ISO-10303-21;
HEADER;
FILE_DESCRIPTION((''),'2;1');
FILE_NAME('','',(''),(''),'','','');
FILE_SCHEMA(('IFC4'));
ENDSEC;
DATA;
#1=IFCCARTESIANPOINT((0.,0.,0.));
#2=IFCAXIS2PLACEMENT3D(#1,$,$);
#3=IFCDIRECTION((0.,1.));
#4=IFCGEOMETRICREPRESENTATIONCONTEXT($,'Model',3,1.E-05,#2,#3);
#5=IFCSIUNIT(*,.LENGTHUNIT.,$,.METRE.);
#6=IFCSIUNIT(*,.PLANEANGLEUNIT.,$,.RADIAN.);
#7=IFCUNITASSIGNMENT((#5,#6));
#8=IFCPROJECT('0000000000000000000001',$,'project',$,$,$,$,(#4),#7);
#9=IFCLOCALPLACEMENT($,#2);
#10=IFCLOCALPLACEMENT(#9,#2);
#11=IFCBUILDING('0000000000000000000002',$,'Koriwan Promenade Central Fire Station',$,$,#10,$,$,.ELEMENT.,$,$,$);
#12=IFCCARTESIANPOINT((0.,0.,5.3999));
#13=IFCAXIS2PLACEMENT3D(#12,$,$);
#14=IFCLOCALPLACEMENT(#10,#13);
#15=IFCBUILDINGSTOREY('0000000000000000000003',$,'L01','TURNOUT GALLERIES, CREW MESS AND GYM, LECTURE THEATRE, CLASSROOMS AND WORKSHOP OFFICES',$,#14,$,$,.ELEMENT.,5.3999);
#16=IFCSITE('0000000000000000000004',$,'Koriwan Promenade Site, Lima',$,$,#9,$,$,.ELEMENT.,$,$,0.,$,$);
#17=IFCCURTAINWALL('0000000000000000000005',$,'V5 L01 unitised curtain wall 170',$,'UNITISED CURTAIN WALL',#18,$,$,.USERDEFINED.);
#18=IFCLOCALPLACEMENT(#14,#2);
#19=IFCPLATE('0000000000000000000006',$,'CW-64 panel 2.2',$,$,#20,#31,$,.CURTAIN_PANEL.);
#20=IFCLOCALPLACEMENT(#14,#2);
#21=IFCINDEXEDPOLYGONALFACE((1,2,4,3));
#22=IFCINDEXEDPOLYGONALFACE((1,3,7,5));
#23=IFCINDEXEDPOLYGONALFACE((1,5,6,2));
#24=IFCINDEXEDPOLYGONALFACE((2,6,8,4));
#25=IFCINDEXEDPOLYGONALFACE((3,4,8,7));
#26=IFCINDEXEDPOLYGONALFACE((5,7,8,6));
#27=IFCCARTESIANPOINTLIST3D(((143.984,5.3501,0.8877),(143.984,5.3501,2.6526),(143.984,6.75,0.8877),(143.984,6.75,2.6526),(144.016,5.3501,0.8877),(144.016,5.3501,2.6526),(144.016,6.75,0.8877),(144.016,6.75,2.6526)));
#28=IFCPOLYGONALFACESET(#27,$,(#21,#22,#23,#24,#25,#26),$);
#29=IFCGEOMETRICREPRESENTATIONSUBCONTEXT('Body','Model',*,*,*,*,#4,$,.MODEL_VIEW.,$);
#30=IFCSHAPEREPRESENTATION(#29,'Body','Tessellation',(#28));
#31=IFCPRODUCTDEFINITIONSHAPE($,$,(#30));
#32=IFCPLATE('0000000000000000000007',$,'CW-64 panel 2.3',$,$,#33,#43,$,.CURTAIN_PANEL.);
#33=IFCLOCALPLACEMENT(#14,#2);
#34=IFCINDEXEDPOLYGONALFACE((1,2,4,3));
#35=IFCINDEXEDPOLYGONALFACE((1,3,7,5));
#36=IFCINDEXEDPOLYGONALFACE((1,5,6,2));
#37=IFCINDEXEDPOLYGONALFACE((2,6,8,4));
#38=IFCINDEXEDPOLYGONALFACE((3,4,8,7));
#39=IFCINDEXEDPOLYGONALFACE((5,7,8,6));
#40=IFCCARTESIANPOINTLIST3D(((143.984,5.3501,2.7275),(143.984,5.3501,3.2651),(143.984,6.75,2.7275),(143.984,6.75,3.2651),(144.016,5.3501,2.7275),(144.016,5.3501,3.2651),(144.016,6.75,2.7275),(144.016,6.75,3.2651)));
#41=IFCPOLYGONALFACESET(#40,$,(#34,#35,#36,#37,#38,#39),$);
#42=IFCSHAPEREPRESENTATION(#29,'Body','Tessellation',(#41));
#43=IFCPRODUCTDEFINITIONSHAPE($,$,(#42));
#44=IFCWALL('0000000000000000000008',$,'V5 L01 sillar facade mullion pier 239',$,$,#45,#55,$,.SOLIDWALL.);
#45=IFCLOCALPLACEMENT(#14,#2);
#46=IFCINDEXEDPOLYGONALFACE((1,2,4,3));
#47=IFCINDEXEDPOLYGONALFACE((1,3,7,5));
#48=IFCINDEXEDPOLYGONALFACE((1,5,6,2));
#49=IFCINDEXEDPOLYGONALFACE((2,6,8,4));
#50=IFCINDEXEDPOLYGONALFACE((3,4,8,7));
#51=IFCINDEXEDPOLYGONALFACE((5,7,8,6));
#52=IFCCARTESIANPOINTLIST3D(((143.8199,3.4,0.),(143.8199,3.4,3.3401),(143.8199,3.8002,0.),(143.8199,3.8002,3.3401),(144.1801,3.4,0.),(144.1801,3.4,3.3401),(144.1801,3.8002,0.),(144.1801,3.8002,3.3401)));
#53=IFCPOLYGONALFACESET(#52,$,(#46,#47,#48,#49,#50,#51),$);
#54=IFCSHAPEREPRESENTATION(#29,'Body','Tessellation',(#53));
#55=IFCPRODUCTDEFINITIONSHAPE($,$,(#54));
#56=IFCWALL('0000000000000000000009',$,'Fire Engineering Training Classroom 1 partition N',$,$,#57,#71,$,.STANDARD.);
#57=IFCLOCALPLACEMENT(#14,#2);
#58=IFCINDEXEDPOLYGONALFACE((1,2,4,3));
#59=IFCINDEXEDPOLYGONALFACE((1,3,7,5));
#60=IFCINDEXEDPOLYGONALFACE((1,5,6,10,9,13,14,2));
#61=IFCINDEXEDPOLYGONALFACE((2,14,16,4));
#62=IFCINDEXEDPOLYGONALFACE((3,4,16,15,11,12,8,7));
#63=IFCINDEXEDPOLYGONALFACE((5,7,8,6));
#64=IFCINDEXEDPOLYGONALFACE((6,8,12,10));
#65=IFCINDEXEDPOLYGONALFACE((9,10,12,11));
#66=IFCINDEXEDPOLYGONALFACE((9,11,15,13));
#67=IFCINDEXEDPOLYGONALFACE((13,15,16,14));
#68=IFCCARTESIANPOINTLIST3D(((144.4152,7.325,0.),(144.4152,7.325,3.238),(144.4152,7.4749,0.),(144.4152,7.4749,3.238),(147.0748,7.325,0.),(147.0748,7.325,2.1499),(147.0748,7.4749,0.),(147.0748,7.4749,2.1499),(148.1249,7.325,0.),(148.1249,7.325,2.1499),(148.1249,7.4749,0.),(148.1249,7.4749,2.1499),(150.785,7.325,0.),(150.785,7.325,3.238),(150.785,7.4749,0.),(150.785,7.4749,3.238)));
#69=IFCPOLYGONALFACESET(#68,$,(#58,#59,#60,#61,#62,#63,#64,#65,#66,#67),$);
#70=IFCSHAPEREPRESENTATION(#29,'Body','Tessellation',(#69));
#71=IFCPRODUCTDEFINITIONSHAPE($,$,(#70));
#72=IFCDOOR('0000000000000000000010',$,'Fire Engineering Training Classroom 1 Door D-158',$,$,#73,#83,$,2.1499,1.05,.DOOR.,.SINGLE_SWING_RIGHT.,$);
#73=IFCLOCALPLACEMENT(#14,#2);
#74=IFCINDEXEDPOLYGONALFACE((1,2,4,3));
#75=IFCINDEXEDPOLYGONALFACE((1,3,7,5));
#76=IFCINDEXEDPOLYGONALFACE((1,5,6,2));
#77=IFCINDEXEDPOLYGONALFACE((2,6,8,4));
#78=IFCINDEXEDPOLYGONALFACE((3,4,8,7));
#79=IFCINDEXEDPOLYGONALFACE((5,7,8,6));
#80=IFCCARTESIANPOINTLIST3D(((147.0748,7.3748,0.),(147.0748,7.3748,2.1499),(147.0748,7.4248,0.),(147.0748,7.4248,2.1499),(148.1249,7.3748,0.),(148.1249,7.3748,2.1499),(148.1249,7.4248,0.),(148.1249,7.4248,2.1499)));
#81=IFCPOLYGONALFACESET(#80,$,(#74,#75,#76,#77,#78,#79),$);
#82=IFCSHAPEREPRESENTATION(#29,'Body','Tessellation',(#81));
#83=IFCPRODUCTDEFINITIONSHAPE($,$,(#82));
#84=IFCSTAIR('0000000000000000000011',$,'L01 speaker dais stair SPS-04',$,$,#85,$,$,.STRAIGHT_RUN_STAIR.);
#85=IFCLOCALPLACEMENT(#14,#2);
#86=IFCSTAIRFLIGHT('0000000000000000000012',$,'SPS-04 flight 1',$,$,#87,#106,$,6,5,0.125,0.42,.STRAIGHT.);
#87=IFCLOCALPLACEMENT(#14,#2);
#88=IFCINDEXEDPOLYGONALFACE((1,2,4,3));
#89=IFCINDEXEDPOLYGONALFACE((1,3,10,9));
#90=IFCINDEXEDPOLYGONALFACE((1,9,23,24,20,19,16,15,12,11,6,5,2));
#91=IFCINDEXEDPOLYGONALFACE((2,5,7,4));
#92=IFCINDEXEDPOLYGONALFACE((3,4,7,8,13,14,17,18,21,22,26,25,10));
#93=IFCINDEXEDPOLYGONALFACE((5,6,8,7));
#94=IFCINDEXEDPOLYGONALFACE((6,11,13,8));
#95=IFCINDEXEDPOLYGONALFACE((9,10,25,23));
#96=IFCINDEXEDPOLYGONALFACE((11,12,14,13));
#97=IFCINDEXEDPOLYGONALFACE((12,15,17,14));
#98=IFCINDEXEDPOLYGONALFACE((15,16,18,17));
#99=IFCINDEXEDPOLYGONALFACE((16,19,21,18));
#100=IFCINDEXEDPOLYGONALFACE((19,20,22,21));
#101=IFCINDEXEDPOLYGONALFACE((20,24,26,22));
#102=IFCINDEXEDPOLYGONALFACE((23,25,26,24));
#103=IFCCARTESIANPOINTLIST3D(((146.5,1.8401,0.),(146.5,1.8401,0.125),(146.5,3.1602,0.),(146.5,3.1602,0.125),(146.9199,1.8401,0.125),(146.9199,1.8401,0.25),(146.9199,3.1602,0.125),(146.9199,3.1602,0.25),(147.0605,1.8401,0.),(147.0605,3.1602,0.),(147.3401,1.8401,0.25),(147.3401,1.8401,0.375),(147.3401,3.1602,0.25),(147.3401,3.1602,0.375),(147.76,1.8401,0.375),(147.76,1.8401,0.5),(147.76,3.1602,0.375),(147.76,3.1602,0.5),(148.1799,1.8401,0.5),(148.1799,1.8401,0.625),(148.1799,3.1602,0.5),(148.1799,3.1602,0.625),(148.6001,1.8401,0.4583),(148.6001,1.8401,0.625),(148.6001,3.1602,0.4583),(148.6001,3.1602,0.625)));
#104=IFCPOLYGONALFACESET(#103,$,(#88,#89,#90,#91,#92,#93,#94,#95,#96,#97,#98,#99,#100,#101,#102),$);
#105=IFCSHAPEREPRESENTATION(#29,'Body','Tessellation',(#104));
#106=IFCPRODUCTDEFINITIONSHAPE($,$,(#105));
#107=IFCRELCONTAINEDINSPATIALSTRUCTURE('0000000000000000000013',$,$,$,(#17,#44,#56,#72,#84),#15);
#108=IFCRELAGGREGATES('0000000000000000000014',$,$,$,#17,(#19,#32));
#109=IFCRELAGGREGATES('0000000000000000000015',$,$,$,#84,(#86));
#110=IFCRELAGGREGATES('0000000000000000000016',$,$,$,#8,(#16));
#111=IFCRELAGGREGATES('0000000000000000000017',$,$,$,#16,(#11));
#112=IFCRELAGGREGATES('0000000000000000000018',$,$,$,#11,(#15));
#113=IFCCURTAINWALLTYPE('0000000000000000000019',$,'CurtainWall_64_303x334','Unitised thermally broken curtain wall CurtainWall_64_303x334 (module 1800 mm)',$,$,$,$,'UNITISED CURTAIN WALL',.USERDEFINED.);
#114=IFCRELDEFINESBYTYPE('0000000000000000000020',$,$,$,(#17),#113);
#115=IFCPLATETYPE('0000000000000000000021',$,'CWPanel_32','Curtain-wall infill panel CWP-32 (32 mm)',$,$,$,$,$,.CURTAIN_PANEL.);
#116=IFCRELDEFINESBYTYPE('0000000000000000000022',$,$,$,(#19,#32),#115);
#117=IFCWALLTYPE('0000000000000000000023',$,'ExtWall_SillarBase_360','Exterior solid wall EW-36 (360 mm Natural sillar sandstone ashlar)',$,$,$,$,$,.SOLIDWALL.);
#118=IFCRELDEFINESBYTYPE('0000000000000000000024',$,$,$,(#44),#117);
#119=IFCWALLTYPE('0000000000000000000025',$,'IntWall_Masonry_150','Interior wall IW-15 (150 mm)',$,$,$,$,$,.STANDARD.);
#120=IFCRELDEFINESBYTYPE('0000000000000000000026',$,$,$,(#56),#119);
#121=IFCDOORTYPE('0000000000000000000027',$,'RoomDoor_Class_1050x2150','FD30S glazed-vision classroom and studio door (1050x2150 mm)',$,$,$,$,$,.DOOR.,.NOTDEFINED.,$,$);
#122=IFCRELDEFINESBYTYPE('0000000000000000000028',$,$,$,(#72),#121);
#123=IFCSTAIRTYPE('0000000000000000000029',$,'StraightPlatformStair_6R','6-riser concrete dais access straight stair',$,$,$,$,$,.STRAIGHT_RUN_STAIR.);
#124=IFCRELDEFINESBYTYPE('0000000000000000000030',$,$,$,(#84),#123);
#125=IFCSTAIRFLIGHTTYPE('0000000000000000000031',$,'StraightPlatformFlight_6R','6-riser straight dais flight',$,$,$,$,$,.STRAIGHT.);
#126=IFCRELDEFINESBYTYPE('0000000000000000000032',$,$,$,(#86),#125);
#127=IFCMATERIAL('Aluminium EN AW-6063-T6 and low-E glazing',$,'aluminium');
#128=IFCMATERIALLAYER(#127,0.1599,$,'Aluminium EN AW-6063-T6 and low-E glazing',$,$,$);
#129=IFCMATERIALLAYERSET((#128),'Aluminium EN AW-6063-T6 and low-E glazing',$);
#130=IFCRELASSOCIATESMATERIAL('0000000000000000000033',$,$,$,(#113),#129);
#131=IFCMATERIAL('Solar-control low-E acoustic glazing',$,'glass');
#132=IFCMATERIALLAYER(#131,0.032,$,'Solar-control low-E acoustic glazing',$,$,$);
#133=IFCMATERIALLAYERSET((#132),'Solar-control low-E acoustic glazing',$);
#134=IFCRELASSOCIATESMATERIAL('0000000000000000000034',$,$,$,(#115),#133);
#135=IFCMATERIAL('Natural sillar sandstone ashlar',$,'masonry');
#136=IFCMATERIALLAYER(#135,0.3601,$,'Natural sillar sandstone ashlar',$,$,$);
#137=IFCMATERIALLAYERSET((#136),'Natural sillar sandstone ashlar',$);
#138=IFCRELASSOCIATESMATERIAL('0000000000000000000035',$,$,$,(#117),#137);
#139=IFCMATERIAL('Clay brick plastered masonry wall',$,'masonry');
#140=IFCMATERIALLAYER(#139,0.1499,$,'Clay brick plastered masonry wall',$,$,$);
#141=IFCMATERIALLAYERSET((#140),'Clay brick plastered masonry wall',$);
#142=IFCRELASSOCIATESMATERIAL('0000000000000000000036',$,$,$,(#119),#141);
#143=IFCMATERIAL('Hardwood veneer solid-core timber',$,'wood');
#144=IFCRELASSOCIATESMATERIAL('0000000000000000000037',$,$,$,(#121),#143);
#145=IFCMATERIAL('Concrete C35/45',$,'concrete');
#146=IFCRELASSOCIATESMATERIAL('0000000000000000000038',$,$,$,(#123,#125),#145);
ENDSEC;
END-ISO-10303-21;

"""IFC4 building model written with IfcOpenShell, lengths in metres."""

from ifc_helpers import new_model, si_unit, direction, frame, frame_2d, origin, origin_2d, place, context, subcontext, project, spatial, polyline, rectangle, outline, extrude, material, layer, layer_set, type_object, element, fill, aggregate, save


model = new_model("IFC4")

# Units and contexts
model_context = context("Model", 3, precision=1e-05, world=origin(), true_north=direction((0.0, 1.0)))
body_context = subcontext(model_context, "Body", "Model", "MODEL_VIEW")
ifc_project = project(units=[si_unit("LENGTHUNIT", "METRE"), si_unit("PLANEANGLEUNIT", "RADIAN")], contexts=[model_context])

# Site, building, storey
site_placement = place(None, origin())
site = spatial("IfcSite", under=ifc_project, at=site_placement, Name="Koriwan Promenade Site, Lima", CompositionType="ELEMENT", RefElevation=0.0)
building_placement = place(site_placement, origin())
building = spatial("IfcBuilding", under=site, at=building_placement, Name="Koriwan Promenade Central Fire Station", CompositionType="ELEMENT")
storey_placement = place(building_placement, frame((0.0, 0.0, 5.3999)))
storey = spatial("IfcBuildingStorey", under=building, at=storey_placement, Name="L01", Description="TURNOUT GALLERIES, CREW MESS AND GYM, LECTURE THEATRE, CLASSROOMS AND WORKSHOP OFFICES", CompositionType="ELEMENT", Elevation=5.3999)

# Shared definitions
ifc_material_1 = material(Name="Concrete C35/45", Category="concrete")

# Shared definitions
ifc_material_2 = material(Name="Aluminium EN AW-6063-T6 and low-E glazing", Category="aluminium")

# Curtain wall
ifc_layer_1 = layer(ifc_material_2, 0.1599, Name="Aluminium EN AW-6063-T6 and low-E glazing")
ifc_layer_set_1 = layer_set([ifc_layer_1], Name="Aluminium EN AW-6063-T6 and low-E glazing")
curtain_wall_type_1 = type_object("IfcCurtainWallType", Name="CurtainWall_64_303x334", Description="Unitised thermally broken curtain wall CurtainWall_64_303x334 (module 1800 mm)", ElementType="UNITISED CURTAIN WALL", PredefinedType="USERDEFINED", material=ifc_layer_set_1)
curtain_wall_1_placement = place(storey_placement, origin())
curtain_wall_1 = element("IfcCurtainWall", 1, at=curtain_wall_1_placement, inside=storey, type_object=curtain_wall_type_1, Name="V5 L01 unitised curtain wall 170", ObjectType="UNITISED CURTAIN WALL", PredefinedType="USERDEFINED")

# Plates
ifc_material_3 = material(Name="Solar-control low-E acoustic glazing", Category="glass")
ifc_layer_2 = layer(ifc_material_3, 0.032, Name="Solar-control low-E acoustic glazing")
ifc_layer_set_2 = layer_set([ifc_layer_2], Name="Solar-control low-E acoustic glazing")
plate_type = type_object("IfcPlateType", Name="CWPanel_32", Description="Curtain-wall infill panel CWP-32 (32 mm)", PredefinedType="CURTAIN_PANEL", material=ifc_layer_set_2)
plate_1_placement = place(storey_placement, frame((144.0, 6.05, 0.8877), z_axis=(0.0, 0.0, 1.0), x_axis=(0.0, 1.0, 0.0)))
plate_1 = element("IfcPlate", 2, at=plate_1_placement, type_object=plate_type, Name="CW-64 panel 2.2", PredefinedType="CURTAIN_PANEL", context=body_context, shape_type="SweptSolid", body=[
    extrude(rectangle(XDim=1.3999, YDim=0.032, at=origin_2d()), origin(), (0.0, 0.0, 1.0), 1.7649),
])
plate_2_placement = place(storey_placement, frame((144.0, 6.05, 2.7275), z_axis=(0.0, 0.0, 1.0), x_axis=(0.0, 1.0, 0.0)))
plate_2 = element("IfcPlate", 3, at=plate_2_placement, type_object=plate_type, Name="CW-64 panel 2.3", PredefinedType="CURTAIN_PANEL", context=body_context, shape_type="SweptSolid", body=[
    extrude(rectangle(XDim=1.3999, YDim=0.032, at=origin_2d()), origin(), (0.0, 0.0, 1.0), 0.5376),
])
aggregate(curtain_wall_1, [plate_1, plate_2])

# Wall
ifc_material_4 = material(Name="Natural sillar sandstone ashlar", Category="masonry")
ifc_layer_3 = layer(ifc_material_4, 0.3601, Name="Natural sillar sandstone ashlar")
ifc_layer_set_3 = layer_set([ifc_layer_3], Name="Natural sillar sandstone ashlar")
wall_type_1 = type_object("IfcWallType", Name="ExtWall_SillarBase_360", Description="Exterior solid wall EW-36 (360 mm Natural sillar sandstone ashlar)", PredefinedType="SOLIDWALL", material=ifc_layer_set_3)
wall_1_placement = place(storey_placement, frame((144.0, 3.3999, 0.0), z_axis=(0.0, 0.0, 1.0), x_axis=(0.0, 1.0, 0.0)))
element("IfcWall", 4, at=wall_1_placement, inside=storey, type_object=wall_type_1, Name="V5 L01 sillar facade mullion pier 239", PredefinedType="SOLIDWALL", context=body_context, shape_type="SweptSolid", body=[
    extrude(rectangle(XDim=0.4001, YDim=0.3601, at=frame_2d((0.2002, 0.0))), origin(), (0.0, 0.0, 1.0), 3.3401),
])

# Wall, opening, door
ifc_material_5 = material(Name="Clay brick plastered masonry wall", Category="masonry")
ifc_layer_4 = layer(ifc_material_5, 0.1499, Name="Clay brick plastered masonry wall")
ifc_layer_set_4 = layer_set([ifc_layer_4], Name="Clay brick plastered masonry wall")
wall_type_2 = type_object("IfcWallType", Name="IntWall_Masonry_150", Description="Interior wall IW-15 (150 mm)", PredefinedType="STANDARD", material=ifc_layer_set_4)
wall_2_placement = place(storey_placement, frame((144.415, 7.3999, 0.0), z_axis=(0.0, 0.0, 1.0), x_axis=(1.0, 0.0, 0.0)))
wall_2 = element("IfcWall", 5, at=wall_2_placement, inside=storey, type_object=wall_type_2, Name="Fire Engineering Training Classroom 1 partition N", PredefinedType="STANDARD", context=body_context, shape_type="SweptSolid", body=[
    extrude(rectangle(XDim=6.3699, YDim=0.1499, at=frame_2d((3.1851, 0.0))), origin(), (0.0, 0.0, 1.0), 3.238),
])
opening_placement = place(wall_2_placement, frame((2.6599, 0.0, 0.0)))
opening = element("IfcOpeningElement", 6, at=opening_placement, cuts=wall_2, PredefinedType="OPENING", context=body_context, shape_type="SweptSolid", body=[
    extrude(rectangle(XDim=1.05, YDim=2.1499, at=frame_2d((0.5249, 1.075))), frame((0.0, 0.0869, 0.0), z_axis=(0.0, -1.0, 0.0), x_axis=(1.0, 0.0, 0.0)), (0.0, 0.0, 1.0), 0.1738),
])
ifc_material_6 = material(Name="Hardwood veneer solid-core timber", Category="wood")
door_type = type_object("IfcDoorType", Name="RoomDoor_Class_1050x2150", Description="FD30S glazed-vision classroom and studio door (1050x2150 mm)", OperationType="NOTDEFINED", PredefinedType="DOOR", material=ifc_material_6)
door_placement = place(opening_placement, origin())
door = element("IfcDoor", 7, at=door_placement, inside=storey, type_object=door_type, Name="Fire Engineering Training Classroom 1 Door D-158", OperationType="SINGLE_SWING_RIGHT", OverallHeight=2.1499, OverallWidth=1.05, PredefinedType="DOOR", context=body_context, shape_type="SweptSolid", body=[
    extrude(rectangle(XDim=1.05, YDim=2.1499, at=frame_2d((0.5249, 1.075))), frame((0.0, 0.0249, 0.0), z_axis=(0.0, -1.0, 0.0), x_axis=(1.0, 0.0, 0.0)), (0.0, 0.0, 1.0), 0.05),
])
fill(opening, door)

# Stair, stair flight
stair_type = type_object("IfcStairType", Name="StraightPlatformStair_6R", Description="6-riser concrete dais access straight stair", PredefinedType="STRAIGHT_RUN_STAIR", material=ifc_material_1)
stair_placement = place(storey_placement, origin())
stair = element("IfcStair", 8, at=stair_placement, inside=storey, type_object=stair_type, Name="L01 speaker dais stair SPS-04", PredefinedType="STRAIGHT_RUN_STAIR")
stair_flight_type = type_object("IfcStairFlightType", Name="StraightPlatformFlight_6R", Description="6-riser straight dais flight", PredefinedType="STRAIGHT", material=ifc_material_1)
stair_flight_placement = place(storey_placement, frame((146.5, 2.5, 0.0), z_axis=(0.0, 0.0, 1.0), x_axis=(1.0, 0.0, 0.0)))
stair_flight = element("IfcStairFlight", 9, at=stair_flight_placement, type_object=stair_flight_type, Name="SPS-04 flight 1", NumberOfRisers=6, NumberOfTreads=5, PredefinedType="STRAIGHT", RiserHeight=0.125, TreadLength=0.42, context=body_context, shape_type="SweptSolid", body=[
    extrude(outline(polyline([(0.0, 0.0), (0.0, 0.125), (0.4199, 0.125), (0.4199, 0.25), (0.8401, 0.25), (0.8401, 0.375), (1.26, 0.375), (1.26, 0.5), (1.6799, 0.5), (1.6799, 0.625), (2.1001, 0.625), (2.1001, 0.75), (2.1001, 0.4583), (0.5605, 0.0), (0.0, 0.0)])), frame((0.0, 0.6602, 0.0), z_axis=(0.0, -1.0, 0.0), x_axis=(1.0, 0.0, 0.0)), (0.0, 0.0, 1.0), 1.3201),
])
aggregate(stair, [stair_flight])

save(model, "model.ifc")
